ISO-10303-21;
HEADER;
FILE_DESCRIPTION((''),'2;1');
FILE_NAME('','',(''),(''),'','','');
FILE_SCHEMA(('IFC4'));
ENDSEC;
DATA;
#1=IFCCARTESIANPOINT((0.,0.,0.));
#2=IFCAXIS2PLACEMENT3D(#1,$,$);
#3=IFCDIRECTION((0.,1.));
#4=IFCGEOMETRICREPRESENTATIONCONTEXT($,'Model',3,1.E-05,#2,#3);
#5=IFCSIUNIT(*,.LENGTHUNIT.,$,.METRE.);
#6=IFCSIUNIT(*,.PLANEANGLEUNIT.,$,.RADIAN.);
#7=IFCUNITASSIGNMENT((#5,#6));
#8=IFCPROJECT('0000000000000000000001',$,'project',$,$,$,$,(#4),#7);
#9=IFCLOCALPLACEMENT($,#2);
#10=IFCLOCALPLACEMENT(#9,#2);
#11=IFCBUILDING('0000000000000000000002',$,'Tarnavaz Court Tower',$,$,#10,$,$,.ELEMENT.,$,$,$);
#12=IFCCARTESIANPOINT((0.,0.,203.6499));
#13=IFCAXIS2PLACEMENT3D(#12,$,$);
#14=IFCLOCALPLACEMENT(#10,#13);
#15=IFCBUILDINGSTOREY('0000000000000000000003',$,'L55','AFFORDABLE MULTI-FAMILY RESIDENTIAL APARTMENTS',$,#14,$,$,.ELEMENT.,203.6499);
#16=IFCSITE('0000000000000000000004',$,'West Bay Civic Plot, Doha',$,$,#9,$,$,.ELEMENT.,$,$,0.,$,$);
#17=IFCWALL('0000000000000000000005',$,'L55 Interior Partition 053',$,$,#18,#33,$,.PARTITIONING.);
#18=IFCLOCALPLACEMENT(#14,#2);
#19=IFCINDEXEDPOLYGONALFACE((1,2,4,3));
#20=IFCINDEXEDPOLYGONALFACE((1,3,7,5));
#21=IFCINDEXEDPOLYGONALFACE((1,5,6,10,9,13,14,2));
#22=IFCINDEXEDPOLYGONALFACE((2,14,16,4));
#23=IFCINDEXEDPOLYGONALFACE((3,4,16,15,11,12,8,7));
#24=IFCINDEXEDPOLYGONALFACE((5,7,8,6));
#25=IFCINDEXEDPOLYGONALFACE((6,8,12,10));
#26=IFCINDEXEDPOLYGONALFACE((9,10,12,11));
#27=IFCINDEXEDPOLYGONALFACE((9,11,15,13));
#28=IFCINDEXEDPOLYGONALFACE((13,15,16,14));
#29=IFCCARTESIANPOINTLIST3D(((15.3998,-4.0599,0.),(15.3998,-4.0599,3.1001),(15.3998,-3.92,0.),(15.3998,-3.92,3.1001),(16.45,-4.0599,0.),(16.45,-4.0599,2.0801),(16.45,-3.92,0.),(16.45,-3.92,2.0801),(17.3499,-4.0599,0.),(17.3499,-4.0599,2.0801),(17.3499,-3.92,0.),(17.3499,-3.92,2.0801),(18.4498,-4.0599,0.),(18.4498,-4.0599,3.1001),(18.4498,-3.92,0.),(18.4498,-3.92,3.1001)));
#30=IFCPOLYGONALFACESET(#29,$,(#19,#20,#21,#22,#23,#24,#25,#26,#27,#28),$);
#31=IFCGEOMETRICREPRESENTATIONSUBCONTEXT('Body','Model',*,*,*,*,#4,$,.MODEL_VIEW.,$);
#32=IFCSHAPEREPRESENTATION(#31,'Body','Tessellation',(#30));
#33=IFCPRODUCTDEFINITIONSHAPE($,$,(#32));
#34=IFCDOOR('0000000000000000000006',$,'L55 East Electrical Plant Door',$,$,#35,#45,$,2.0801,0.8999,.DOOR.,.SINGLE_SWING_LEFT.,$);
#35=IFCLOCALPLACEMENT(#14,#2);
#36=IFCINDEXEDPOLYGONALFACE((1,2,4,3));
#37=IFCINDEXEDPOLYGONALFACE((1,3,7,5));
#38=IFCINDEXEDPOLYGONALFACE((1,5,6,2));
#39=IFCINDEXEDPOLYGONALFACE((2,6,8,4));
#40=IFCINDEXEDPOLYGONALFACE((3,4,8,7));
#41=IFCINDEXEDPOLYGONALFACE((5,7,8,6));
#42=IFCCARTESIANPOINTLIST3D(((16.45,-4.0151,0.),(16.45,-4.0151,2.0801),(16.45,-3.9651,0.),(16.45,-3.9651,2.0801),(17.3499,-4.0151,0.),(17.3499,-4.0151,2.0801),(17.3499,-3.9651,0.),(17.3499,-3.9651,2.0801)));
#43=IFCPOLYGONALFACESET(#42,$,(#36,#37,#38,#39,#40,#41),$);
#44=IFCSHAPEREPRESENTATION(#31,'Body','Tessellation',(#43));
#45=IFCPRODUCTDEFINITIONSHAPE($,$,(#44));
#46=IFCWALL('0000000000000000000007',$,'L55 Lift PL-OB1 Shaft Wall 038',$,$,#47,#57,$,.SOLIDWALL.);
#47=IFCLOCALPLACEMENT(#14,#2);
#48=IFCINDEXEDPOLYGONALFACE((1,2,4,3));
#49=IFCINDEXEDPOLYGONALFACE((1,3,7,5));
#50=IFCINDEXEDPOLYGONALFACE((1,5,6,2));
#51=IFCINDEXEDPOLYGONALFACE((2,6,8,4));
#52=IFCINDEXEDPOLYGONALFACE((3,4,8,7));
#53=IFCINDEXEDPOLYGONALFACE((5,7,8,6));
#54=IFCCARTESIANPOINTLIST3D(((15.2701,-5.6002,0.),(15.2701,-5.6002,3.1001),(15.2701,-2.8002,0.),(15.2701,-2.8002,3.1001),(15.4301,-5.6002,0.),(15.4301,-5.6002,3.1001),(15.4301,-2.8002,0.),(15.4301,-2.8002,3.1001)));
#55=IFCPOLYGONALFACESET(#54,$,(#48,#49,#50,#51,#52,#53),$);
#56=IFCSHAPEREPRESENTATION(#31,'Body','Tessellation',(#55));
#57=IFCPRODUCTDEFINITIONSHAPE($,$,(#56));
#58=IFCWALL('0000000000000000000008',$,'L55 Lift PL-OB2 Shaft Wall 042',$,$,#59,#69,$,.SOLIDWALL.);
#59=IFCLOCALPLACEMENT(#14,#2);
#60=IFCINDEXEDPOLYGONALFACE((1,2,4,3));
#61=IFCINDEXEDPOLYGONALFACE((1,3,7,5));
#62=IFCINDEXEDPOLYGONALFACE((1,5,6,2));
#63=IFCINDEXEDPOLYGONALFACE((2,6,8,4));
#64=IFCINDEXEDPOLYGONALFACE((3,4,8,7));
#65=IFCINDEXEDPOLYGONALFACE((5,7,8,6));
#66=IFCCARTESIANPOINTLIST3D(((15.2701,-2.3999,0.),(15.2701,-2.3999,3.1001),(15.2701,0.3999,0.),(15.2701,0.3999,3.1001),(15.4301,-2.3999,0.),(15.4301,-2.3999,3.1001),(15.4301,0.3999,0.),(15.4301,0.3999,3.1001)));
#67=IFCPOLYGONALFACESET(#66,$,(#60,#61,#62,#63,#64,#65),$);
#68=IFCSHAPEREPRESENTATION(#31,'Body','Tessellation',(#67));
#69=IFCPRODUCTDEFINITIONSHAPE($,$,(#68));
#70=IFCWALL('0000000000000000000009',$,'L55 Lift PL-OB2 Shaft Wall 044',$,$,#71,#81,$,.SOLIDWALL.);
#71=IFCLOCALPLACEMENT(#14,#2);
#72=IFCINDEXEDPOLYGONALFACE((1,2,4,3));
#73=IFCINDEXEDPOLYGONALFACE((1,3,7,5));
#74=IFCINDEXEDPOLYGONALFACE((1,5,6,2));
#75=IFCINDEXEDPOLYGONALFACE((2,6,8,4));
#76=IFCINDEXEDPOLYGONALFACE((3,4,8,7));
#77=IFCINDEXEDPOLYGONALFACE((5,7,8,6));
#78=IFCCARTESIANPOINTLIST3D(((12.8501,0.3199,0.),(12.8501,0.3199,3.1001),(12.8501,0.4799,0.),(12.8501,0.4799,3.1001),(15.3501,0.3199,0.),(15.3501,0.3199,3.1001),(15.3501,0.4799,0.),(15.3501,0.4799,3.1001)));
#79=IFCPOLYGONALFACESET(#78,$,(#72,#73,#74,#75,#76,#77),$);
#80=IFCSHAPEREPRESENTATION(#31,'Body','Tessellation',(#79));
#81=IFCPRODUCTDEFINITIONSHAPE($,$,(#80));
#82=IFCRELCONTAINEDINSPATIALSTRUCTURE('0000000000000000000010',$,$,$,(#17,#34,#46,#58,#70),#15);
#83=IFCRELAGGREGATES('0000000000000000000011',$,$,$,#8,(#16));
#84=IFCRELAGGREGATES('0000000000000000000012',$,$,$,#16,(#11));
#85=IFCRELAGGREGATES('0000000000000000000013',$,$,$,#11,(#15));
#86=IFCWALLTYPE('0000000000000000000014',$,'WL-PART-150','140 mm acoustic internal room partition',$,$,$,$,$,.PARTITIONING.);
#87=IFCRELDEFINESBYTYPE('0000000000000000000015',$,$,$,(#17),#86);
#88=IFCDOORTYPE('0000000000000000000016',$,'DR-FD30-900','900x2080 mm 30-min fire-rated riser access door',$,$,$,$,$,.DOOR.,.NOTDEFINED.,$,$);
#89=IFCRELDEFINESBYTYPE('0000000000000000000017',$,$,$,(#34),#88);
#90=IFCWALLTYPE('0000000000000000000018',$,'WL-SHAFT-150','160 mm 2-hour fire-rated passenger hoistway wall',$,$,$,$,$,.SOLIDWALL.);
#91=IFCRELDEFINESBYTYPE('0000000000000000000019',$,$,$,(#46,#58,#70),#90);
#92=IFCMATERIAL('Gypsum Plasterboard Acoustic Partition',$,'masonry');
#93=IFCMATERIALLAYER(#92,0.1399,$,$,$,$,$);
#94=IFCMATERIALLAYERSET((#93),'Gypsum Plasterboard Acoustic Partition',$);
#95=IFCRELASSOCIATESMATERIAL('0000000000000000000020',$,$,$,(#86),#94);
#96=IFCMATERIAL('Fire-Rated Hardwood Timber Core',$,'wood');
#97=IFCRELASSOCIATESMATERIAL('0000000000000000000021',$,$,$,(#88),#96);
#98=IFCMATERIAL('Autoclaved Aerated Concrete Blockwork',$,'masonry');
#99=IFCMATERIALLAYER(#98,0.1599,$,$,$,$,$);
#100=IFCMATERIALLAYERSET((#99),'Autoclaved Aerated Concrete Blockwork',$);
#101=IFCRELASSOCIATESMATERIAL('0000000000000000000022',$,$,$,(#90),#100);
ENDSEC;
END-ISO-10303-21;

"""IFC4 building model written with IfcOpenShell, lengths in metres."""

from ifc_helpers import new_model, si_unit, direction, frame, frame_2d, origin, place, context, subcontext, project, spatial, rectangle, extrude, material, layer, layer_set, type_object, element, fill, save


model = new_model("IFC4")

# Units and contexts
model_context = context("Model", 3, precision=1e-05, world=origin(), true_north=direction((0.0, 1.0)))
body_context = subcontext(model_context, "Body", "Model", "MODEL_VIEW")
ifc_project = project(units=[si_unit("LENGTHUNIT", "METRE"), si_unit("PLANEANGLEUNIT", "RADIAN")], contexts=[model_context])

# Site, building, storey
site_placement = place(None, origin())
site = spatial("IfcSite", under=ifc_project, at=site_placement, Name="West Bay Civic Plot, Doha", CompositionType="ELEMENT", RefElevation=0.0)
building_placement = place(site_placement, origin())
building = spatial("IfcBuilding", under=site, at=building_placement, Name="Tarnavaz Court Tower", CompositionType="ELEMENT")
storey_placement = place(building_placement, frame((0.0, 0.0, 203.6499)))
storey = spatial("IfcBuildingStorey", under=building, at=storey_placement, Name="L55", Description="AFFORDABLE MULTI-FAMILY RESIDENTIAL APARTMENTS", CompositionType="ELEMENT", Elevation=203.6499)

# Shared definitions
ifc_material_1 = material(Name="Fire-Rated Hardwood Timber Core", Category="wood")

# Wall, opening, door
ifc_material_2 = material(Name="Gypsum Plasterboard Acoustic Partition", Category="masonry")
ifc_layer_1 = layer(ifc_material_2, 0.1399)
ifc_layer_set_1 = layer_set([ifc_layer_1], Name="Gypsum Plasterboard Acoustic Partition")
wall_type_1 = type_object("IfcWallType", Name="WL-PART-150", Description="140 mm acoustic internal room partition", PredefinedType="PARTITIONING", material=ifc_layer_set_1)
door_type_1 = type_object("IfcDoorType", Name="DR-FD30-900", Description="900x2080 mm 30-min fire-rated riser access door", OperationType="NOTDEFINED", PredefinedType="DOOR", material=ifc_material_1)
wall_1_placement = place(storey_placement, frame((15.3999, -3.99, 0.0), z_axis=(0.0, 0.0, 1.0), x_axis=(1.0, 0.0, 0.0)))
wall_1 = element("IfcWall", 1, at=wall_1_placement, inside=storey, type_object=wall_type_1, Name="L55 Interior Partition 053", PredefinedType="PARTITIONING", context=body_context, shape_type="SweptSolid", body=[
    extrude(rectangle(XDim=3.05, YDim=0.1399, at=frame_2d((1.5249, 0.0))), origin(), (0.0, 0.0, 1.0), 3.1001),
])
opening_1_placement = place(wall_1_placement, frame((1.05, 0.0, 0.0)))
opening_1 = element("IfcOpeningElement", 2, at=opening_1_placement, cuts=wall_1, PredefinedType="OPENING", context=body_context, shape_type="SweptSolid", body=[
    extrude(rectangle(XDim=0.8999, YDim=2.0801, at=frame_2d((0.45, 1.04))), frame((0.0, 0.0798, 0.0), z_axis=(0.0, -1.0, 0.0), x_axis=(1.0, 0.0, 0.0)), (0.0, 0.0, 1.0), 0.1599),
])
door_1_placement = place(opening_1_placement, origin())
door_1 = element("IfcDoor", 3, at=door_1_placement, inside=storey, type_object=door_type_1, Name="L55 East Electrical Plant Door", OperationType="SINGLE_SWING_LEFT", OverallHeight=2.0801, OverallWidth=0.8999, PredefinedType="DOOR", context=body_context, shape_type="SweptSolid", body=[
    extrude(rectangle(XDim=0.8999, YDim=2.0801, at=frame_2d((0.45, 1.04))), frame((0.0, 0.0249, 0.0), z_axis=(0.0, -1.0, 0.0), x_axis=(1.0, 0.0, 0.0)), (0.0, 0.0, 1.0), 0.05),
])
fill(opening_1, door_1)

# Walls
ifc_material_3 = material(Name="Autoclaved Aerated Concrete Blockwork", Category="masonry")
ifc_layer_2 = layer(ifc_material_3, 0.1599)
ifc_layer_set_2 = layer_set([ifc_layer_2], Name="Autoclaved Aerated Concrete Blockwork")
wall_type_2 = type_object("IfcWallType", Name="WL-SHAFT-150", Description="160 mm 2-hour fire-rated passenger hoistway wall", PredefinedType="SOLIDWALL", material=ifc_layer_set_2)
wall_2_placement = place(storey_placement, frame((15.3501, -5.6001, 0.0), z_axis=(0.0, 0.0, 1.0), x_axis=(0.0, 1.0, 0.0)))
element("IfcWall", 4, at=wall_2_placement, inside=storey, type_object=wall_type_2, Name="L55 Lift PL-OB1 Shaft Wall 038", PredefinedType="SOLIDWALL", context=body_context, shape_type="SweptSolid", body=[
    extrude(rectangle(XDim=2.8, YDim=0.1599, at=frame_2d((1.3999, 0.0))), origin(), (0.0, 0.0, 1.0), 3.1001),
])
wall_3_placement = place(storey_placement, frame((15.3501, -2.3999, 0.0), z_axis=(0.0, 0.0, 1.0), x_axis=(0.0, 1.0, 0.0)))
element("IfcWall", 5, at=wall_3_placement, inside=storey, type_object=wall_type_2, Name="L55 Lift PL-OB2 Shaft Wall 042", PredefinedType="SOLIDWALL", context=body_context, shape_type="SweptSolid", body=[
    extrude(rectangle(XDim=2.7998, YDim=0.1599, at=frame_2d((1.3999, 0.0))), origin(), (0.0, 0.0, 1.0), 3.1001),
])
wall_4_placement = place(storey_placement, frame((12.8501, 0.3999, 0.0), z_axis=(0.0, 0.0, 1.0), x_axis=(1.0, 0.0, 0.0)))
element("IfcWall", 6, at=wall_4_placement, inside=storey, type_object=wall_type_2, Name="L55 Lift PL-OB2 Shaft Wall 044", PredefinedType="SOLIDWALL", context=body_context, shape_type="SweptSolid", body=[
    extrude(rectangle(XDim=2.5, YDim=0.1599, at=frame_2d((1.25, 0.0))), origin(), (0.0, 0.0, 1.0), 3.1001),
])

save(model, "model.ifc")
